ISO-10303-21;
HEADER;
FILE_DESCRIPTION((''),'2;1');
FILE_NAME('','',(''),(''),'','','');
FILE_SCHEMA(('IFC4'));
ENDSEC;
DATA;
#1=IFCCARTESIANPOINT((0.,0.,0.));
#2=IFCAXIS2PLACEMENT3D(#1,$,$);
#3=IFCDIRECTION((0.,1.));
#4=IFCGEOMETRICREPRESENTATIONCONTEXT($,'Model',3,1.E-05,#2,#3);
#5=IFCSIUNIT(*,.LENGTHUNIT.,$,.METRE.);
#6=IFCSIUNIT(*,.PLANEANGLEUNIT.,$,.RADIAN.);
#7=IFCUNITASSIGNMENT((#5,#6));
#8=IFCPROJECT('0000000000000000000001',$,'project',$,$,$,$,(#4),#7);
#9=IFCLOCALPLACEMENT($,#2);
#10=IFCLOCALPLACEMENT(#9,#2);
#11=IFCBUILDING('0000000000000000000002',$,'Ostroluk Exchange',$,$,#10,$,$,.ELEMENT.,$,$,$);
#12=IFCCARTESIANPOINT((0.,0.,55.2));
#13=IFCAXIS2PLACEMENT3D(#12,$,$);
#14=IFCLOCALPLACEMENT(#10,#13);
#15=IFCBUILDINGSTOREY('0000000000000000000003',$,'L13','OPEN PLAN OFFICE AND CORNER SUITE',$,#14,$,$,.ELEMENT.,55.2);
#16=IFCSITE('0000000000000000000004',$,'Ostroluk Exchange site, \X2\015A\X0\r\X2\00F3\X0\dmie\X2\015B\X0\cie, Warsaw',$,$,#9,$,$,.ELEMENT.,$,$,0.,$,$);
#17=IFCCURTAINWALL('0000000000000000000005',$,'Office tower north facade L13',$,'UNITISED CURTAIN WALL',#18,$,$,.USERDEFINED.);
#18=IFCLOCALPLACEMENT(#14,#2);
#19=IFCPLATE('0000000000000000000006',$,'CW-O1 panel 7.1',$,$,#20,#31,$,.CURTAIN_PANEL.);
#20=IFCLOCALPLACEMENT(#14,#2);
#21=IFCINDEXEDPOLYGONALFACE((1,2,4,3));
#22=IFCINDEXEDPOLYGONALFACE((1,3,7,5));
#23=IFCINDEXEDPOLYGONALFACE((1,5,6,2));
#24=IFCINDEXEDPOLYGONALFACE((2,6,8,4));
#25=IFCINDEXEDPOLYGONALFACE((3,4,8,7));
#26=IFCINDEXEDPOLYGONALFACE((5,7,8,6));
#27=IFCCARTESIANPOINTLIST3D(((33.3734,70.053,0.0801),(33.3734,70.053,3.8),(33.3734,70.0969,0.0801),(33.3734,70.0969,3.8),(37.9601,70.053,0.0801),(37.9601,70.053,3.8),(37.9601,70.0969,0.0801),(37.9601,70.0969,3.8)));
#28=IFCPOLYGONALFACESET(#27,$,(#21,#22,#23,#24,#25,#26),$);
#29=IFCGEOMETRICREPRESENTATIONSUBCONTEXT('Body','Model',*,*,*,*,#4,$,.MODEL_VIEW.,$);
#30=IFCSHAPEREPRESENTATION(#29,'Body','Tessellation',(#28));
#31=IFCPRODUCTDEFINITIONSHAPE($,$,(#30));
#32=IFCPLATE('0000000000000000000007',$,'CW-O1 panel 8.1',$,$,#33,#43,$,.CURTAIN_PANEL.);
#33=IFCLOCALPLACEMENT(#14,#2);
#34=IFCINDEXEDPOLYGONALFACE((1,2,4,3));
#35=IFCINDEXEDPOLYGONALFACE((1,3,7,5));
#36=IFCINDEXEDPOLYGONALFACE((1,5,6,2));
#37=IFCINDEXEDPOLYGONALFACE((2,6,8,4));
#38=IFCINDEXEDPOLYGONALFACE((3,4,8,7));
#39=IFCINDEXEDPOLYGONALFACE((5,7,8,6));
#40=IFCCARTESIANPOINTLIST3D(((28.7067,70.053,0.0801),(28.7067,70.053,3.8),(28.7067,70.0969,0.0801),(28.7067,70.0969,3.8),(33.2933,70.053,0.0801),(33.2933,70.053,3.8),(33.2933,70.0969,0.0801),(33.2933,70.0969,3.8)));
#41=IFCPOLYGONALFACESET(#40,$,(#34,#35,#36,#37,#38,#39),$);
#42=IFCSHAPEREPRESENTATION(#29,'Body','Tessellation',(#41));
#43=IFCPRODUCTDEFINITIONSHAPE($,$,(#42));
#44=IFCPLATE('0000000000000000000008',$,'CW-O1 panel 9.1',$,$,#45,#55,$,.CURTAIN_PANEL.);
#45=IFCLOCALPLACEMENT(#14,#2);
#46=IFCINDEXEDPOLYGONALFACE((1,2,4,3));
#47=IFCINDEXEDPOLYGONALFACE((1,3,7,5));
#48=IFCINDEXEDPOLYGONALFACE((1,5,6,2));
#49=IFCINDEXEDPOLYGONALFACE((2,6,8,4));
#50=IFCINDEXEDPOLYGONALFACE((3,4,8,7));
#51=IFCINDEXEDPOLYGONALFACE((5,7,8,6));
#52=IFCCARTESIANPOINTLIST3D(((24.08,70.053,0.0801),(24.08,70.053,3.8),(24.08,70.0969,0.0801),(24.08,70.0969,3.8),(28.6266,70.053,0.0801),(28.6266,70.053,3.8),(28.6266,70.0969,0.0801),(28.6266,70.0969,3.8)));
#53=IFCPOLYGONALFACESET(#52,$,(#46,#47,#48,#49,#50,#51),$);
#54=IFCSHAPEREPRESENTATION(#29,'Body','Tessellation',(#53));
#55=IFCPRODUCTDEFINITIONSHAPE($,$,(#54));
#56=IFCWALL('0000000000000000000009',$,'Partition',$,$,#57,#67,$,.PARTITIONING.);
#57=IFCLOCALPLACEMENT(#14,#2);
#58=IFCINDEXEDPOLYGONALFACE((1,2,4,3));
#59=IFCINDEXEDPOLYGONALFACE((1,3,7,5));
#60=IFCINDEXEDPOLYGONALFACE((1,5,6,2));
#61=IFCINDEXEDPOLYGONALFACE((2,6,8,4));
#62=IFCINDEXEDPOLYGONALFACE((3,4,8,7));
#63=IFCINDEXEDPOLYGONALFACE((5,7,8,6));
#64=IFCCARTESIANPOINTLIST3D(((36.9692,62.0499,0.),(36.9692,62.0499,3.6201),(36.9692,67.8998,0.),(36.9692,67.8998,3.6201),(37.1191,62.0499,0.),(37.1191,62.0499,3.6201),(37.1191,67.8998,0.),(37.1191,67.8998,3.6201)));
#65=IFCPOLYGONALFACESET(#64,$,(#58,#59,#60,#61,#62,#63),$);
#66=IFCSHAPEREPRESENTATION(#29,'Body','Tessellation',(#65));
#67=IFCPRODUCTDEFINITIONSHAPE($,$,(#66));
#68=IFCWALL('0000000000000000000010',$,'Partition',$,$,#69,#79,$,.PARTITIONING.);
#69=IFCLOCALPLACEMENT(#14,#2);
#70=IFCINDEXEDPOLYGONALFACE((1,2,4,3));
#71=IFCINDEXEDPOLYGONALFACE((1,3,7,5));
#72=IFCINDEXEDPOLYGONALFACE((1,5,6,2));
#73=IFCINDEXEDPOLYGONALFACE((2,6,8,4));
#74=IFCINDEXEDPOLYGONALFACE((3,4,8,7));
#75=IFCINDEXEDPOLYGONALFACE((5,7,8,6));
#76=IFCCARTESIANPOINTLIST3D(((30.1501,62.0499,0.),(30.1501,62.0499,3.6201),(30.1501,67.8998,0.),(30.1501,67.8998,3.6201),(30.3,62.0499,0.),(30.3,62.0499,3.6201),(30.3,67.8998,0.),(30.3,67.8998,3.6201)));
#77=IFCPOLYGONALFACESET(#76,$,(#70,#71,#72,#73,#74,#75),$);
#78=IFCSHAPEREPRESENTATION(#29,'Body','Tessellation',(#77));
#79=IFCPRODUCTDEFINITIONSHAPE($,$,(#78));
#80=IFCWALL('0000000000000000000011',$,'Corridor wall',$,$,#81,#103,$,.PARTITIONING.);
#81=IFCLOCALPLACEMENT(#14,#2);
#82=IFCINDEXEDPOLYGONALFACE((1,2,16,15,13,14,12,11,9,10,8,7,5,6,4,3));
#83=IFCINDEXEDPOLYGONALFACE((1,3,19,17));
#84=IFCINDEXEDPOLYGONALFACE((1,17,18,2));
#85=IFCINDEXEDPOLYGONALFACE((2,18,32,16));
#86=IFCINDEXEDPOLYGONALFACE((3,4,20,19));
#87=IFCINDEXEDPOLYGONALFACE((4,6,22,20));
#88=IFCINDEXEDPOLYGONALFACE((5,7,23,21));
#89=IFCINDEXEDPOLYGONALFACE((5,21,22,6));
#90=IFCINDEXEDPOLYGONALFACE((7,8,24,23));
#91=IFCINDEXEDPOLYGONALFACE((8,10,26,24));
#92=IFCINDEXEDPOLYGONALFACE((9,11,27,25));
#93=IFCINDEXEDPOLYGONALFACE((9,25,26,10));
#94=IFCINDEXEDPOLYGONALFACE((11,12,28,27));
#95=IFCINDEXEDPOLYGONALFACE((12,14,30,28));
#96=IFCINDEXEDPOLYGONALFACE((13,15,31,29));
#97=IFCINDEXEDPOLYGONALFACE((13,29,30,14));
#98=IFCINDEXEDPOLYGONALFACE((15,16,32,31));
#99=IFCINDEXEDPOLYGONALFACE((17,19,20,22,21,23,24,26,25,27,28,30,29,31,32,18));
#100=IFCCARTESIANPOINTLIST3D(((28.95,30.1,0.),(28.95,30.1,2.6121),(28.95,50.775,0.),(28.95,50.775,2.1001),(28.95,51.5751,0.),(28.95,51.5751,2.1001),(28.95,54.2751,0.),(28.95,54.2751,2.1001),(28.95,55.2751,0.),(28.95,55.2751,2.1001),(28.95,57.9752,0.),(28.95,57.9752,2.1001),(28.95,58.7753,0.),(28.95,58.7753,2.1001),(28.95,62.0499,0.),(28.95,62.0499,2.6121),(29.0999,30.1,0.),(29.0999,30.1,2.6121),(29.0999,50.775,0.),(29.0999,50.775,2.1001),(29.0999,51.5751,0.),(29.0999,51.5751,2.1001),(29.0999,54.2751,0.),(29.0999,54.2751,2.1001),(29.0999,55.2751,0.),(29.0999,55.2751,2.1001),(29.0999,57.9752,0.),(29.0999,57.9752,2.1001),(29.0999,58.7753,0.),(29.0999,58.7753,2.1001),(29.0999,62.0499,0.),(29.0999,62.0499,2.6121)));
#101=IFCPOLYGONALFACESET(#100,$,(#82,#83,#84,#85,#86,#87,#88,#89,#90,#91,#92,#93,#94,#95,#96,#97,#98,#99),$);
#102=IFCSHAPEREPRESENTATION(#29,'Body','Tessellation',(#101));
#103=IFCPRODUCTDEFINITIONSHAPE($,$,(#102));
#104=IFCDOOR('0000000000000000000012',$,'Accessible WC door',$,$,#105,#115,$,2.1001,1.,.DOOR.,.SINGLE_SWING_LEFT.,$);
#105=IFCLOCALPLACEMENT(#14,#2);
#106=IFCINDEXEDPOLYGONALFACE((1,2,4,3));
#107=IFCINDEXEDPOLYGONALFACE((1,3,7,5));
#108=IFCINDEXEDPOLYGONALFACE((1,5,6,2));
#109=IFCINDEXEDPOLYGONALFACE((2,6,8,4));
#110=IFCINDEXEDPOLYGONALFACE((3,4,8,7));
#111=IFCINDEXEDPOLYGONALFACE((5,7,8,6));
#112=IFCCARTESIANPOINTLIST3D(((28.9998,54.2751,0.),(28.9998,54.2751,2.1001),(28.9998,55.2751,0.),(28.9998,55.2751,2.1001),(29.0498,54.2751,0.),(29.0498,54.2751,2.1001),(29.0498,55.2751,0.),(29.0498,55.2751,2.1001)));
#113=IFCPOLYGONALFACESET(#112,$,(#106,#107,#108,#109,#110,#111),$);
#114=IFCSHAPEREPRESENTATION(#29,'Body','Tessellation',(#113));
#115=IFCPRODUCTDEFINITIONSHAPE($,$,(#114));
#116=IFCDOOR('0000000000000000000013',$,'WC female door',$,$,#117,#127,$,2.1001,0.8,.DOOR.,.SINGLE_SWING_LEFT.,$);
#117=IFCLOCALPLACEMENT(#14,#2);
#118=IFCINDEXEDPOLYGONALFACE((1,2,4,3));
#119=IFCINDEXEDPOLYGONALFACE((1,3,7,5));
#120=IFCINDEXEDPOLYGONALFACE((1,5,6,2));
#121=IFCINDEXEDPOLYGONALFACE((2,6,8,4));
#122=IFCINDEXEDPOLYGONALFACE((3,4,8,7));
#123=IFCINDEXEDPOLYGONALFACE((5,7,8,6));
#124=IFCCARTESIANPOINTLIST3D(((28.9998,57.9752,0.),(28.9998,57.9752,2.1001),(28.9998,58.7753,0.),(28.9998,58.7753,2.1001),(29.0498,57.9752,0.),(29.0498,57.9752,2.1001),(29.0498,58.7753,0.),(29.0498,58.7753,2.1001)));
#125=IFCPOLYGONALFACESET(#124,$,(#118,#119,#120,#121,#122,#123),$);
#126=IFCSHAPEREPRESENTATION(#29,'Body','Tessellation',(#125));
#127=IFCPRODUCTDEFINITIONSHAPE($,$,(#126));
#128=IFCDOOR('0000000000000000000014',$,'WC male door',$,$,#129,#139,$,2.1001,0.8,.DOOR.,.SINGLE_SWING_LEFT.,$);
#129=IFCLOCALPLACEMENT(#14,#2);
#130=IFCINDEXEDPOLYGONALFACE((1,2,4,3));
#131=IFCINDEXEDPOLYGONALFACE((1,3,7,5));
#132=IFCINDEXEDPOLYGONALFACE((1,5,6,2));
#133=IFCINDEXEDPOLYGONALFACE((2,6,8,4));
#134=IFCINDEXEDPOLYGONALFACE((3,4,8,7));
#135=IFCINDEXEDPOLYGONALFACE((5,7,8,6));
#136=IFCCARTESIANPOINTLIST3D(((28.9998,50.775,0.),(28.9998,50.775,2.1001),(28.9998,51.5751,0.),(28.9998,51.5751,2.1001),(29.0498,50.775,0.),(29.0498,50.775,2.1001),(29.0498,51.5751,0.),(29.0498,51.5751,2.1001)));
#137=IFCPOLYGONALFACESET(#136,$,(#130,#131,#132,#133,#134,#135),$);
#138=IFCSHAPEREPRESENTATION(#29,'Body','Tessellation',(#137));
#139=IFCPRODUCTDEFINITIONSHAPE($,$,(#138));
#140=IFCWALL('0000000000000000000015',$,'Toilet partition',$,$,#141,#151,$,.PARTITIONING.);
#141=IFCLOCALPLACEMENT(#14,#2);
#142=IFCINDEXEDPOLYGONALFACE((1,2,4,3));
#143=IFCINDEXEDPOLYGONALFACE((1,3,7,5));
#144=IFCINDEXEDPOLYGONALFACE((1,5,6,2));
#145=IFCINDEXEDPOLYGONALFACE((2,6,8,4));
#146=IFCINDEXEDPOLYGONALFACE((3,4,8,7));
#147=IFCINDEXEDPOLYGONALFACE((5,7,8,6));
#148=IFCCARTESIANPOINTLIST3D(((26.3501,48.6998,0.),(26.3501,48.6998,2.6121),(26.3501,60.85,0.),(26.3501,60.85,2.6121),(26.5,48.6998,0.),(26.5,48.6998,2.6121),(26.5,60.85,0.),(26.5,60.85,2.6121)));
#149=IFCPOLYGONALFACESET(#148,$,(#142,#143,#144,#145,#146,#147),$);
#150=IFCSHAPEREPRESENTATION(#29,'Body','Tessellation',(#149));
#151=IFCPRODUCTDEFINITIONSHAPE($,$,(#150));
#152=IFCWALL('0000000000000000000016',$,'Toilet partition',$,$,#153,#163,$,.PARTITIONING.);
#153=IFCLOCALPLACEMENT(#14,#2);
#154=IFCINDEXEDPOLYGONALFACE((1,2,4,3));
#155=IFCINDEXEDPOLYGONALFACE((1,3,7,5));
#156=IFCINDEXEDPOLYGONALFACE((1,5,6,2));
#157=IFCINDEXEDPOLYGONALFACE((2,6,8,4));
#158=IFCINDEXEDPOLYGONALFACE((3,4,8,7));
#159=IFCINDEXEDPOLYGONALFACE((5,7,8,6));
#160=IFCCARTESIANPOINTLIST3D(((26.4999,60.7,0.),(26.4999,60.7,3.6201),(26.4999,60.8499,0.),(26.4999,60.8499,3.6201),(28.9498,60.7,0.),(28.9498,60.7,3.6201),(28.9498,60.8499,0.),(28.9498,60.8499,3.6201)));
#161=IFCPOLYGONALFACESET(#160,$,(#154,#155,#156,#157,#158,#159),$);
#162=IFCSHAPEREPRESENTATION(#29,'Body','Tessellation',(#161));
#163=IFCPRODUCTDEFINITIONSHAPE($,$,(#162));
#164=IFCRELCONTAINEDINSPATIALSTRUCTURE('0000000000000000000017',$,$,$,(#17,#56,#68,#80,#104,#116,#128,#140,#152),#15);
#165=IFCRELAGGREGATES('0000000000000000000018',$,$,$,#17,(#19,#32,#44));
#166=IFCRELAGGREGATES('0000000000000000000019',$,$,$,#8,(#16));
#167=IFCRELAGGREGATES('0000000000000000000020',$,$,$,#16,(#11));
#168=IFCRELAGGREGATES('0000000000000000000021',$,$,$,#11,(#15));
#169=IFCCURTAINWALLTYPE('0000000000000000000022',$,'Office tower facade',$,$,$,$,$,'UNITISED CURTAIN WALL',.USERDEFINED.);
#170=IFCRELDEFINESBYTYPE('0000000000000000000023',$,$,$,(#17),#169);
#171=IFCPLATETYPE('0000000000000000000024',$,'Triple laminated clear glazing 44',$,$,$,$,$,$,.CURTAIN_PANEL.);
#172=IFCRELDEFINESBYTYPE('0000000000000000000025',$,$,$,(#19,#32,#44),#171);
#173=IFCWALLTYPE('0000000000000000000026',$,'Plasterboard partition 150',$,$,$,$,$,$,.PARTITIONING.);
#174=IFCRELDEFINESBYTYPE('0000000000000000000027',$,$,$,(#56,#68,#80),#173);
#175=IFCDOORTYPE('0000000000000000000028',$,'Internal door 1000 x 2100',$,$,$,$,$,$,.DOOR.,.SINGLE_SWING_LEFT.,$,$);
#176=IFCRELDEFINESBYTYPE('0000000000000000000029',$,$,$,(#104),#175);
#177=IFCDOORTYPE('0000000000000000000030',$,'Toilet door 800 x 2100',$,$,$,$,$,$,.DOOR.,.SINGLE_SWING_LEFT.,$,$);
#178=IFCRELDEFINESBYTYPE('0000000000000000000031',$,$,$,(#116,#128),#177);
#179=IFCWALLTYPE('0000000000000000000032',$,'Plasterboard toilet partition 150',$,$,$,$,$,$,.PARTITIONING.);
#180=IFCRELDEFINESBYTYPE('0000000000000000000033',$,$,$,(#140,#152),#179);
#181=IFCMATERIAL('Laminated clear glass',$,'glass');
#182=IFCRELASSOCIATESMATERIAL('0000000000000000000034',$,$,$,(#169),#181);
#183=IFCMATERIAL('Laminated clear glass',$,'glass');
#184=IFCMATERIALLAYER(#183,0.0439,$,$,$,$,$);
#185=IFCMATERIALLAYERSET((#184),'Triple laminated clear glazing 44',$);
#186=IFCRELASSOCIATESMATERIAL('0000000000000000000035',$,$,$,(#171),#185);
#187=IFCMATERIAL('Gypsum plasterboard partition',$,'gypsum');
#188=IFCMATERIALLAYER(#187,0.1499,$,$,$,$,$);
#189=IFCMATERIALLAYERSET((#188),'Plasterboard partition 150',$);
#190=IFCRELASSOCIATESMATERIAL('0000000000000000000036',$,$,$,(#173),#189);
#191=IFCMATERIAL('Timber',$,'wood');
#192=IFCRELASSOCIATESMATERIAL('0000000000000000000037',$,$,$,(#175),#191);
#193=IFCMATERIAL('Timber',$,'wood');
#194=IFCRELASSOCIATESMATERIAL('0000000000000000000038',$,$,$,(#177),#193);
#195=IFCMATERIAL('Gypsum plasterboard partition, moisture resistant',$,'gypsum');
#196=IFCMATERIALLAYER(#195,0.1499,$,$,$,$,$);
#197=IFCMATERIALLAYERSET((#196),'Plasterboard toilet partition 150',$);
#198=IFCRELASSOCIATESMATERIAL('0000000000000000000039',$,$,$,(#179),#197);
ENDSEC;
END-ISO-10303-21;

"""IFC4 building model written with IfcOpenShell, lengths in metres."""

from ifc_helpers import new_model, si_unit, direction, frame, frame_2d, origin, origin_2d, place, context, subcontext, project, spatial, rectangle, extrude, material, layer, layer_set, type_object, element, fill, aggregate, save


model = new_model("IFC4")

# Units and contexts
model_context = context("Model", 3, precision=1e-05, world=origin(), true_north=direction((0.0, 1.0)))
body_context = subcontext(model_context, "Body", "Model", "MODEL_VIEW")
ifc_project = project(units=[si_unit("LENGTHUNIT", "METRE"), si_unit("PLANEANGLEUNIT", "RADIAN")], contexts=[model_context])

# Site, building, storey
site_placement = place(None, origin())
site = spatial("IfcSite", under=ifc_project, at=site_placement, Name="Ostroluk Exchange site, Śródmieście, Warsaw", CompositionType="ELEMENT", RefElevation=0.0)
building_placement = place(site_placement, origin())
building = spatial("IfcBuilding", under=site, at=building_placement, Name="Ostroluk Exchange", CompositionType="ELEMENT")
storey_placement = place(building_placement, frame((0.0, 0.0, 55.2)))
storey = spatial("IfcBuildingStorey", under=building, at=storey_placement, Name="L13", Description="OPEN PLAN OFFICE AND CORNER SUITE", CompositionType="ELEMENT", Elevation=55.2)

# Curtain wall, plates
ifc_material_1 = material(Name="Laminated clear glass", Category="glass")
curtain_wall_type = type_object("IfcCurtainWallType", Name="Office tower facade", ElementType="UNITISED CURTAIN WALL", PredefinedType="USERDEFINED", material=ifc_material_1)
curtain_wall_placement = place(storey_placement, origin())
curtain_wall = element("IfcCurtainWall", 1, at=curtain_wall_placement, inside=storey, type_object=curtain_wall_type, Name="Office tower north facade L13", ObjectType="UNITISED CURTAIN WALL", PredefinedType="USERDEFINED")
ifc_material_2 = material(Name="Laminated clear glass", Category="glass")
ifc_layer_1 = layer(ifc_material_2, 0.0439)
ifc_layer_set_1 = layer_set([ifc_layer_1], Name="Triple laminated clear glazing 44")
plate_type = type_object("IfcPlateType", Name="Triple laminated clear glazing 44", PredefinedType="CURTAIN_PANEL", material=ifc_layer_set_1)
plate_1_placement = place(storey_placement, frame((35.6667, 70.075, 0.0801), z_axis=(0.0, 0.0, 1.0), x_axis=(-1.0, 0.0, 0.0)))
plate_1 = element("IfcPlate", 2, at=plate_1_placement, type_object=plate_type, Name="CW-O1 panel 7.1", PredefinedType="CURTAIN_PANEL", context=body_context, shape_type="SweptSolid", body=[
    extrude(rectangle(XDim=4.5867, YDim=0.0439, at=origin_2d()), origin(), (0.0, 0.0, 1.0), 3.72),
])
plate_2_placement = place(storey_placement, frame((31.0, 70.075, 0.0801), z_axis=(0.0, 0.0, 1.0), x_axis=(-1.0, 0.0, 0.0)))
plate_2 = element("IfcPlate", 3, at=plate_2_placement, type_object=plate_type, Name="CW-O1 panel 8.1", PredefinedType="CURTAIN_PANEL", context=body_context, shape_type="SweptSolid", body=[
    extrude(rectangle(XDim=4.5867, YDim=0.0439, at=origin_2d()), origin(), (0.0, 0.0, 1.0), 3.72),
])
plate_3_placement = place(storey_placement, frame((26.3533, 70.075, 0.0801), z_axis=(0.0, 0.0, 1.0), x_axis=(-1.0, 0.0, 0.0)))
plate_3 = element("IfcPlate", 4, at=plate_3_placement, type_object=plate_type, Name="CW-O1 panel 9.1", PredefinedType="CURTAIN_PANEL", context=body_context, shape_type="SweptSolid", body=[
    extrude(rectangle(XDim=4.5466, YDim=0.0439, at=origin_2d()), origin(), (0.0, 0.0, 1.0), 3.72),
])
aggregate(curtain_wall, [plate_1, plate_2, plate_3])

# Walls
ifc_material_3 = material(Name="Gypsum plasterboard partition", Category="gypsum")
ifc_layer_2 = layer(ifc_material_3, 0.1499)
ifc_layer_set_2 = layer_set([ifc_layer_2], Name="Plasterboard partition 150")
wall_type_1 = type_object("IfcWallType", Name="Plasterboard partition 150", PredefinedType="PARTITIONING", material=ifc_layer_set_2)
for number, where, z_axis, x_axis, name in (
    (5, (37.0442, 62.05, 0.0), (0.0, 0.0, 1.0), (0.0, 1.0, 0.0), "Partition"),
    (6, (30.2251, 62.05, 0.0), (0.0, 0.0, 1.0), (0.0, 1.0, 0.0), "Partition"),
):
    element("IfcWall", number, at=place(storey_placement, frame(where, z_axis=z_axis, x_axis=x_axis)), inside=storey, type_object=wall_type_1, Name=name, PredefinedType="PARTITIONING", context=body_context, shape_type="SweptSolid", body=[
        extrude(rectangle(XDim=5.8499, YDim=0.1499, at=frame_2d((2.9248, 0.0))), origin(), (0.0, 0.0, 1.0), 3.6201),
    ])

# Wall, openings, doors
wall_1_placement = place(storey_placement, frame((29.0249, 62.05, 0.0), z_axis=(0.0, 0.0, 1.0), x_axis=(0.0, -1.0, 0.0)))
wall_1 = element("IfcWall", 7, at=wall_1_placement, inside=storey, type_object=wall_type_1, Name="Corridor wall", PredefinedType="PARTITIONING", context=body_context, shape_type="SweptSolid", body=[
    extrude(rectangle(XDim=31.95, YDim=0.1499, at=frame_2d((15.9751, 0.0))), origin(), (0.0, 0.0, 1.0), 2.6121),
])
opening_1_placement = place(wall_1_placement, frame((3.2749, 0.0, 0.0)))
opening_1 = element("IfcOpeningElement", 8, at=opening_1_placement, cuts=wall_1, PredefinedType="OPENING", context=body_context, shape_type="SweptSolid", body=[
    extrude(rectangle(XDim=0.8, YDim=2.1001, at=frame_2d((0.3999, 1.05))), frame((0.0, 0.085, 0.0), z_axis=(0.0, -1.0, 0.0), x_axis=(1.0, 0.0, 0.0)), (0.0, 0.0, 1.0), 0.1699),
])
opening_2_placement = place(wall_1_placement, frame((6.7749, 0.0, 0.0)))
opening_2 = element("IfcOpeningElement", 9, at=opening_2_placement, cuts=wall_1, PredefinedType="OPENING", context=body_context, shape_type="SweptSolid", body=[
    extrude(rectangle(XDim=1.0, YDim=2.1001, at=frame_2d((0.5, 1.05))), frame((0.0, 0.085, 0.0), z_axis=(0.0, -1.0, 0.0), x_axis=(1.0, 0.0, 0.0)), (0.0, 0.0, 1.0), 0.1699),
])
opening_3_placement = place(wall_1_placement, frame((10.4751, 0.0, 0.0)))
opening_3 = element("IfcOpeningElement", 10, at=opening_3_placement, cuts=wall_1, PredefinedType="OPENING", context=body_context, shape_type="SweptSolid", body=[
    extrude(rectangle(XDim=0.8, YDim=2.1001, at=frame_2d((0.3999, 1.05))), frame((0.0, 0.085, 0.0), z_axis=(0.0, -1.0, 0.0), x_axis=(1.0, 0.0, 0.0)), (0.0, 0.0, 1.0), 0.1699),
])
ifc_material_4 = material(Name="Timber", Category="wood")
door_type_1 = type_object("IfcDoorType", Name="Internal door 1000 x 2100", OperationType="SINGLE_SWING_LEFT", PredefinedType="DOOR", material=ifc_material_4)
door_1_placement = place(opening_2_placement, origin())
door_1 = element("IfcDoor", 11, at=door_1_placement, inside=storey, type_object=door_type_1, Name="Accessible WC door", OperationType="SINGLE_SWING_LEFT", OverallHeight=2.1001, OverallWidth=1.0, PredefinedType="DOOR", context=body_context, shape_type="SweptSolid", body=[
    extrude(rectangle(XDim=1.0, YDim=2.1001, at=frame_2d((0.5, 1.05))), frame((0.0, 0.0249, 0.0), z_axis=(0.0, -1.0, 0.0), x_axis=(1.0, 0.0, 0.0)), (0.0, 0.0, 1.0), 0.05),
])
fill(opening_2, door_1)
ifc_material_5 = material(Name="Timber", Category="wood")
door_type_2 = type_object("IfcDoorType", Name="Toilet door 800 x 2100", OperationType="SINGLE_SWING_LEFT", PredefinedType="DOOR", material=ifc_material_5)
door_2_placement = place(opening_1_placement, origin())
door_2 = element("IfcDoor", 12, at=door_2_placement, inside=storey, type_object=door_type_2, Name="WC female door", OperationType="SINGLE_SWING_LEFT", OverallHeight=2.1001, OverallWidth=0.8, PredefinedType="DOOR", context=body_context, shape_type="SweptSolid", body=[
    extrude(rectangle(XDim=0.8, YDim=2.1001, at=frame_2d((0.3999, 1.05))), frame((0.0, 0.0249, 0.0), z_axis=(0.0, -1.0, 0.0), x_axis=(1.0, 0.0, 0.0)), (0.0, 0.0, 1.0), 0.05),
])
fill(opening_1, door_2)
door_3_placement = place(opening_3_placement, origin())
door_3 = element("IfcDoor", 13, at=door_3_placement, inside=storey, type_object=door_type_2, Name="WC male door", OperationType="SINGLE_SWING_LEFT", OverallHeight=2.1001, OverallWidth=0.8, PredefinedType="DOOR", context=body_context, shape_type="SweptSolid", body=[
    extrude(rectangle(XDim=0.8, YDim=2.1001, at=frame_2d((0.3999, 1.05))), frame((0.0, 0.0249, 0.0), z_axis=(0.0, -1.0, 0.0), x_axis=(1.0, 0.0, 0.0)), (0.0, 0.0, 1.0), 0.05),
])
fill(opening_3, door_3)

# Walls
ifc_material_6 = material(Name="Gypsum plasterboard partition, moisture resistant", Category="gypsum")
ifc_layer_3 = layer(ifc_material_6, 0.1499)
ifc_layer_set_3 = layer_set([ifc_layer_3], Name="Plasterboard toilet partition 150")
wall_type_2 = type_object("IfcWallType", Name="Plasterboard toilet partition 150", PredefinedType="PARTITIONING", material=ifc_layer_set_3)
wall_2_placement = place(storey_placement, frame((26.425, 60.8501, 0.0), z_axis=(0.0, 0.0, 1.0), x_axis=(0.0, -1.0, 0.0)))
element("IfcWall", 14, at=wall_2_placement, inside=storey, type_object=wall_type_2, Name="Toilet partition", PredefinedType="PARTITIONING", context=body_context, shape_type="SweptSolid", body=[
    extrude(rectangle(XDim=12.1501, YDim=0.1499, at=frame_2d((6.0752, 0.0))), origin(), (0.0, 0.0, 1.0), 2.6121),
])
wall_3_placement = place(storey_placement, frame((28.95, 60.7749, 0.0), z_axis=(0.0, 0.0, 1.0), x_axis=(-1.0, 0.0, 0.0)))
element("IfcWall", 15, at=wall_3_placement, inside=storey, type_object=wall_type_2, Name="Toilet partition", PredefinedType="PARTITIONING", context=body_context, shape_type="SweptSolid", body=[
    extrude(rectangle(XDim=2.45, YDim=0.1499, at=frame_2d((1.2251, 0.0))), origin(), (0.0, 0.0, 1.0), 3.6201),
])

save(model, "model.ifc")
